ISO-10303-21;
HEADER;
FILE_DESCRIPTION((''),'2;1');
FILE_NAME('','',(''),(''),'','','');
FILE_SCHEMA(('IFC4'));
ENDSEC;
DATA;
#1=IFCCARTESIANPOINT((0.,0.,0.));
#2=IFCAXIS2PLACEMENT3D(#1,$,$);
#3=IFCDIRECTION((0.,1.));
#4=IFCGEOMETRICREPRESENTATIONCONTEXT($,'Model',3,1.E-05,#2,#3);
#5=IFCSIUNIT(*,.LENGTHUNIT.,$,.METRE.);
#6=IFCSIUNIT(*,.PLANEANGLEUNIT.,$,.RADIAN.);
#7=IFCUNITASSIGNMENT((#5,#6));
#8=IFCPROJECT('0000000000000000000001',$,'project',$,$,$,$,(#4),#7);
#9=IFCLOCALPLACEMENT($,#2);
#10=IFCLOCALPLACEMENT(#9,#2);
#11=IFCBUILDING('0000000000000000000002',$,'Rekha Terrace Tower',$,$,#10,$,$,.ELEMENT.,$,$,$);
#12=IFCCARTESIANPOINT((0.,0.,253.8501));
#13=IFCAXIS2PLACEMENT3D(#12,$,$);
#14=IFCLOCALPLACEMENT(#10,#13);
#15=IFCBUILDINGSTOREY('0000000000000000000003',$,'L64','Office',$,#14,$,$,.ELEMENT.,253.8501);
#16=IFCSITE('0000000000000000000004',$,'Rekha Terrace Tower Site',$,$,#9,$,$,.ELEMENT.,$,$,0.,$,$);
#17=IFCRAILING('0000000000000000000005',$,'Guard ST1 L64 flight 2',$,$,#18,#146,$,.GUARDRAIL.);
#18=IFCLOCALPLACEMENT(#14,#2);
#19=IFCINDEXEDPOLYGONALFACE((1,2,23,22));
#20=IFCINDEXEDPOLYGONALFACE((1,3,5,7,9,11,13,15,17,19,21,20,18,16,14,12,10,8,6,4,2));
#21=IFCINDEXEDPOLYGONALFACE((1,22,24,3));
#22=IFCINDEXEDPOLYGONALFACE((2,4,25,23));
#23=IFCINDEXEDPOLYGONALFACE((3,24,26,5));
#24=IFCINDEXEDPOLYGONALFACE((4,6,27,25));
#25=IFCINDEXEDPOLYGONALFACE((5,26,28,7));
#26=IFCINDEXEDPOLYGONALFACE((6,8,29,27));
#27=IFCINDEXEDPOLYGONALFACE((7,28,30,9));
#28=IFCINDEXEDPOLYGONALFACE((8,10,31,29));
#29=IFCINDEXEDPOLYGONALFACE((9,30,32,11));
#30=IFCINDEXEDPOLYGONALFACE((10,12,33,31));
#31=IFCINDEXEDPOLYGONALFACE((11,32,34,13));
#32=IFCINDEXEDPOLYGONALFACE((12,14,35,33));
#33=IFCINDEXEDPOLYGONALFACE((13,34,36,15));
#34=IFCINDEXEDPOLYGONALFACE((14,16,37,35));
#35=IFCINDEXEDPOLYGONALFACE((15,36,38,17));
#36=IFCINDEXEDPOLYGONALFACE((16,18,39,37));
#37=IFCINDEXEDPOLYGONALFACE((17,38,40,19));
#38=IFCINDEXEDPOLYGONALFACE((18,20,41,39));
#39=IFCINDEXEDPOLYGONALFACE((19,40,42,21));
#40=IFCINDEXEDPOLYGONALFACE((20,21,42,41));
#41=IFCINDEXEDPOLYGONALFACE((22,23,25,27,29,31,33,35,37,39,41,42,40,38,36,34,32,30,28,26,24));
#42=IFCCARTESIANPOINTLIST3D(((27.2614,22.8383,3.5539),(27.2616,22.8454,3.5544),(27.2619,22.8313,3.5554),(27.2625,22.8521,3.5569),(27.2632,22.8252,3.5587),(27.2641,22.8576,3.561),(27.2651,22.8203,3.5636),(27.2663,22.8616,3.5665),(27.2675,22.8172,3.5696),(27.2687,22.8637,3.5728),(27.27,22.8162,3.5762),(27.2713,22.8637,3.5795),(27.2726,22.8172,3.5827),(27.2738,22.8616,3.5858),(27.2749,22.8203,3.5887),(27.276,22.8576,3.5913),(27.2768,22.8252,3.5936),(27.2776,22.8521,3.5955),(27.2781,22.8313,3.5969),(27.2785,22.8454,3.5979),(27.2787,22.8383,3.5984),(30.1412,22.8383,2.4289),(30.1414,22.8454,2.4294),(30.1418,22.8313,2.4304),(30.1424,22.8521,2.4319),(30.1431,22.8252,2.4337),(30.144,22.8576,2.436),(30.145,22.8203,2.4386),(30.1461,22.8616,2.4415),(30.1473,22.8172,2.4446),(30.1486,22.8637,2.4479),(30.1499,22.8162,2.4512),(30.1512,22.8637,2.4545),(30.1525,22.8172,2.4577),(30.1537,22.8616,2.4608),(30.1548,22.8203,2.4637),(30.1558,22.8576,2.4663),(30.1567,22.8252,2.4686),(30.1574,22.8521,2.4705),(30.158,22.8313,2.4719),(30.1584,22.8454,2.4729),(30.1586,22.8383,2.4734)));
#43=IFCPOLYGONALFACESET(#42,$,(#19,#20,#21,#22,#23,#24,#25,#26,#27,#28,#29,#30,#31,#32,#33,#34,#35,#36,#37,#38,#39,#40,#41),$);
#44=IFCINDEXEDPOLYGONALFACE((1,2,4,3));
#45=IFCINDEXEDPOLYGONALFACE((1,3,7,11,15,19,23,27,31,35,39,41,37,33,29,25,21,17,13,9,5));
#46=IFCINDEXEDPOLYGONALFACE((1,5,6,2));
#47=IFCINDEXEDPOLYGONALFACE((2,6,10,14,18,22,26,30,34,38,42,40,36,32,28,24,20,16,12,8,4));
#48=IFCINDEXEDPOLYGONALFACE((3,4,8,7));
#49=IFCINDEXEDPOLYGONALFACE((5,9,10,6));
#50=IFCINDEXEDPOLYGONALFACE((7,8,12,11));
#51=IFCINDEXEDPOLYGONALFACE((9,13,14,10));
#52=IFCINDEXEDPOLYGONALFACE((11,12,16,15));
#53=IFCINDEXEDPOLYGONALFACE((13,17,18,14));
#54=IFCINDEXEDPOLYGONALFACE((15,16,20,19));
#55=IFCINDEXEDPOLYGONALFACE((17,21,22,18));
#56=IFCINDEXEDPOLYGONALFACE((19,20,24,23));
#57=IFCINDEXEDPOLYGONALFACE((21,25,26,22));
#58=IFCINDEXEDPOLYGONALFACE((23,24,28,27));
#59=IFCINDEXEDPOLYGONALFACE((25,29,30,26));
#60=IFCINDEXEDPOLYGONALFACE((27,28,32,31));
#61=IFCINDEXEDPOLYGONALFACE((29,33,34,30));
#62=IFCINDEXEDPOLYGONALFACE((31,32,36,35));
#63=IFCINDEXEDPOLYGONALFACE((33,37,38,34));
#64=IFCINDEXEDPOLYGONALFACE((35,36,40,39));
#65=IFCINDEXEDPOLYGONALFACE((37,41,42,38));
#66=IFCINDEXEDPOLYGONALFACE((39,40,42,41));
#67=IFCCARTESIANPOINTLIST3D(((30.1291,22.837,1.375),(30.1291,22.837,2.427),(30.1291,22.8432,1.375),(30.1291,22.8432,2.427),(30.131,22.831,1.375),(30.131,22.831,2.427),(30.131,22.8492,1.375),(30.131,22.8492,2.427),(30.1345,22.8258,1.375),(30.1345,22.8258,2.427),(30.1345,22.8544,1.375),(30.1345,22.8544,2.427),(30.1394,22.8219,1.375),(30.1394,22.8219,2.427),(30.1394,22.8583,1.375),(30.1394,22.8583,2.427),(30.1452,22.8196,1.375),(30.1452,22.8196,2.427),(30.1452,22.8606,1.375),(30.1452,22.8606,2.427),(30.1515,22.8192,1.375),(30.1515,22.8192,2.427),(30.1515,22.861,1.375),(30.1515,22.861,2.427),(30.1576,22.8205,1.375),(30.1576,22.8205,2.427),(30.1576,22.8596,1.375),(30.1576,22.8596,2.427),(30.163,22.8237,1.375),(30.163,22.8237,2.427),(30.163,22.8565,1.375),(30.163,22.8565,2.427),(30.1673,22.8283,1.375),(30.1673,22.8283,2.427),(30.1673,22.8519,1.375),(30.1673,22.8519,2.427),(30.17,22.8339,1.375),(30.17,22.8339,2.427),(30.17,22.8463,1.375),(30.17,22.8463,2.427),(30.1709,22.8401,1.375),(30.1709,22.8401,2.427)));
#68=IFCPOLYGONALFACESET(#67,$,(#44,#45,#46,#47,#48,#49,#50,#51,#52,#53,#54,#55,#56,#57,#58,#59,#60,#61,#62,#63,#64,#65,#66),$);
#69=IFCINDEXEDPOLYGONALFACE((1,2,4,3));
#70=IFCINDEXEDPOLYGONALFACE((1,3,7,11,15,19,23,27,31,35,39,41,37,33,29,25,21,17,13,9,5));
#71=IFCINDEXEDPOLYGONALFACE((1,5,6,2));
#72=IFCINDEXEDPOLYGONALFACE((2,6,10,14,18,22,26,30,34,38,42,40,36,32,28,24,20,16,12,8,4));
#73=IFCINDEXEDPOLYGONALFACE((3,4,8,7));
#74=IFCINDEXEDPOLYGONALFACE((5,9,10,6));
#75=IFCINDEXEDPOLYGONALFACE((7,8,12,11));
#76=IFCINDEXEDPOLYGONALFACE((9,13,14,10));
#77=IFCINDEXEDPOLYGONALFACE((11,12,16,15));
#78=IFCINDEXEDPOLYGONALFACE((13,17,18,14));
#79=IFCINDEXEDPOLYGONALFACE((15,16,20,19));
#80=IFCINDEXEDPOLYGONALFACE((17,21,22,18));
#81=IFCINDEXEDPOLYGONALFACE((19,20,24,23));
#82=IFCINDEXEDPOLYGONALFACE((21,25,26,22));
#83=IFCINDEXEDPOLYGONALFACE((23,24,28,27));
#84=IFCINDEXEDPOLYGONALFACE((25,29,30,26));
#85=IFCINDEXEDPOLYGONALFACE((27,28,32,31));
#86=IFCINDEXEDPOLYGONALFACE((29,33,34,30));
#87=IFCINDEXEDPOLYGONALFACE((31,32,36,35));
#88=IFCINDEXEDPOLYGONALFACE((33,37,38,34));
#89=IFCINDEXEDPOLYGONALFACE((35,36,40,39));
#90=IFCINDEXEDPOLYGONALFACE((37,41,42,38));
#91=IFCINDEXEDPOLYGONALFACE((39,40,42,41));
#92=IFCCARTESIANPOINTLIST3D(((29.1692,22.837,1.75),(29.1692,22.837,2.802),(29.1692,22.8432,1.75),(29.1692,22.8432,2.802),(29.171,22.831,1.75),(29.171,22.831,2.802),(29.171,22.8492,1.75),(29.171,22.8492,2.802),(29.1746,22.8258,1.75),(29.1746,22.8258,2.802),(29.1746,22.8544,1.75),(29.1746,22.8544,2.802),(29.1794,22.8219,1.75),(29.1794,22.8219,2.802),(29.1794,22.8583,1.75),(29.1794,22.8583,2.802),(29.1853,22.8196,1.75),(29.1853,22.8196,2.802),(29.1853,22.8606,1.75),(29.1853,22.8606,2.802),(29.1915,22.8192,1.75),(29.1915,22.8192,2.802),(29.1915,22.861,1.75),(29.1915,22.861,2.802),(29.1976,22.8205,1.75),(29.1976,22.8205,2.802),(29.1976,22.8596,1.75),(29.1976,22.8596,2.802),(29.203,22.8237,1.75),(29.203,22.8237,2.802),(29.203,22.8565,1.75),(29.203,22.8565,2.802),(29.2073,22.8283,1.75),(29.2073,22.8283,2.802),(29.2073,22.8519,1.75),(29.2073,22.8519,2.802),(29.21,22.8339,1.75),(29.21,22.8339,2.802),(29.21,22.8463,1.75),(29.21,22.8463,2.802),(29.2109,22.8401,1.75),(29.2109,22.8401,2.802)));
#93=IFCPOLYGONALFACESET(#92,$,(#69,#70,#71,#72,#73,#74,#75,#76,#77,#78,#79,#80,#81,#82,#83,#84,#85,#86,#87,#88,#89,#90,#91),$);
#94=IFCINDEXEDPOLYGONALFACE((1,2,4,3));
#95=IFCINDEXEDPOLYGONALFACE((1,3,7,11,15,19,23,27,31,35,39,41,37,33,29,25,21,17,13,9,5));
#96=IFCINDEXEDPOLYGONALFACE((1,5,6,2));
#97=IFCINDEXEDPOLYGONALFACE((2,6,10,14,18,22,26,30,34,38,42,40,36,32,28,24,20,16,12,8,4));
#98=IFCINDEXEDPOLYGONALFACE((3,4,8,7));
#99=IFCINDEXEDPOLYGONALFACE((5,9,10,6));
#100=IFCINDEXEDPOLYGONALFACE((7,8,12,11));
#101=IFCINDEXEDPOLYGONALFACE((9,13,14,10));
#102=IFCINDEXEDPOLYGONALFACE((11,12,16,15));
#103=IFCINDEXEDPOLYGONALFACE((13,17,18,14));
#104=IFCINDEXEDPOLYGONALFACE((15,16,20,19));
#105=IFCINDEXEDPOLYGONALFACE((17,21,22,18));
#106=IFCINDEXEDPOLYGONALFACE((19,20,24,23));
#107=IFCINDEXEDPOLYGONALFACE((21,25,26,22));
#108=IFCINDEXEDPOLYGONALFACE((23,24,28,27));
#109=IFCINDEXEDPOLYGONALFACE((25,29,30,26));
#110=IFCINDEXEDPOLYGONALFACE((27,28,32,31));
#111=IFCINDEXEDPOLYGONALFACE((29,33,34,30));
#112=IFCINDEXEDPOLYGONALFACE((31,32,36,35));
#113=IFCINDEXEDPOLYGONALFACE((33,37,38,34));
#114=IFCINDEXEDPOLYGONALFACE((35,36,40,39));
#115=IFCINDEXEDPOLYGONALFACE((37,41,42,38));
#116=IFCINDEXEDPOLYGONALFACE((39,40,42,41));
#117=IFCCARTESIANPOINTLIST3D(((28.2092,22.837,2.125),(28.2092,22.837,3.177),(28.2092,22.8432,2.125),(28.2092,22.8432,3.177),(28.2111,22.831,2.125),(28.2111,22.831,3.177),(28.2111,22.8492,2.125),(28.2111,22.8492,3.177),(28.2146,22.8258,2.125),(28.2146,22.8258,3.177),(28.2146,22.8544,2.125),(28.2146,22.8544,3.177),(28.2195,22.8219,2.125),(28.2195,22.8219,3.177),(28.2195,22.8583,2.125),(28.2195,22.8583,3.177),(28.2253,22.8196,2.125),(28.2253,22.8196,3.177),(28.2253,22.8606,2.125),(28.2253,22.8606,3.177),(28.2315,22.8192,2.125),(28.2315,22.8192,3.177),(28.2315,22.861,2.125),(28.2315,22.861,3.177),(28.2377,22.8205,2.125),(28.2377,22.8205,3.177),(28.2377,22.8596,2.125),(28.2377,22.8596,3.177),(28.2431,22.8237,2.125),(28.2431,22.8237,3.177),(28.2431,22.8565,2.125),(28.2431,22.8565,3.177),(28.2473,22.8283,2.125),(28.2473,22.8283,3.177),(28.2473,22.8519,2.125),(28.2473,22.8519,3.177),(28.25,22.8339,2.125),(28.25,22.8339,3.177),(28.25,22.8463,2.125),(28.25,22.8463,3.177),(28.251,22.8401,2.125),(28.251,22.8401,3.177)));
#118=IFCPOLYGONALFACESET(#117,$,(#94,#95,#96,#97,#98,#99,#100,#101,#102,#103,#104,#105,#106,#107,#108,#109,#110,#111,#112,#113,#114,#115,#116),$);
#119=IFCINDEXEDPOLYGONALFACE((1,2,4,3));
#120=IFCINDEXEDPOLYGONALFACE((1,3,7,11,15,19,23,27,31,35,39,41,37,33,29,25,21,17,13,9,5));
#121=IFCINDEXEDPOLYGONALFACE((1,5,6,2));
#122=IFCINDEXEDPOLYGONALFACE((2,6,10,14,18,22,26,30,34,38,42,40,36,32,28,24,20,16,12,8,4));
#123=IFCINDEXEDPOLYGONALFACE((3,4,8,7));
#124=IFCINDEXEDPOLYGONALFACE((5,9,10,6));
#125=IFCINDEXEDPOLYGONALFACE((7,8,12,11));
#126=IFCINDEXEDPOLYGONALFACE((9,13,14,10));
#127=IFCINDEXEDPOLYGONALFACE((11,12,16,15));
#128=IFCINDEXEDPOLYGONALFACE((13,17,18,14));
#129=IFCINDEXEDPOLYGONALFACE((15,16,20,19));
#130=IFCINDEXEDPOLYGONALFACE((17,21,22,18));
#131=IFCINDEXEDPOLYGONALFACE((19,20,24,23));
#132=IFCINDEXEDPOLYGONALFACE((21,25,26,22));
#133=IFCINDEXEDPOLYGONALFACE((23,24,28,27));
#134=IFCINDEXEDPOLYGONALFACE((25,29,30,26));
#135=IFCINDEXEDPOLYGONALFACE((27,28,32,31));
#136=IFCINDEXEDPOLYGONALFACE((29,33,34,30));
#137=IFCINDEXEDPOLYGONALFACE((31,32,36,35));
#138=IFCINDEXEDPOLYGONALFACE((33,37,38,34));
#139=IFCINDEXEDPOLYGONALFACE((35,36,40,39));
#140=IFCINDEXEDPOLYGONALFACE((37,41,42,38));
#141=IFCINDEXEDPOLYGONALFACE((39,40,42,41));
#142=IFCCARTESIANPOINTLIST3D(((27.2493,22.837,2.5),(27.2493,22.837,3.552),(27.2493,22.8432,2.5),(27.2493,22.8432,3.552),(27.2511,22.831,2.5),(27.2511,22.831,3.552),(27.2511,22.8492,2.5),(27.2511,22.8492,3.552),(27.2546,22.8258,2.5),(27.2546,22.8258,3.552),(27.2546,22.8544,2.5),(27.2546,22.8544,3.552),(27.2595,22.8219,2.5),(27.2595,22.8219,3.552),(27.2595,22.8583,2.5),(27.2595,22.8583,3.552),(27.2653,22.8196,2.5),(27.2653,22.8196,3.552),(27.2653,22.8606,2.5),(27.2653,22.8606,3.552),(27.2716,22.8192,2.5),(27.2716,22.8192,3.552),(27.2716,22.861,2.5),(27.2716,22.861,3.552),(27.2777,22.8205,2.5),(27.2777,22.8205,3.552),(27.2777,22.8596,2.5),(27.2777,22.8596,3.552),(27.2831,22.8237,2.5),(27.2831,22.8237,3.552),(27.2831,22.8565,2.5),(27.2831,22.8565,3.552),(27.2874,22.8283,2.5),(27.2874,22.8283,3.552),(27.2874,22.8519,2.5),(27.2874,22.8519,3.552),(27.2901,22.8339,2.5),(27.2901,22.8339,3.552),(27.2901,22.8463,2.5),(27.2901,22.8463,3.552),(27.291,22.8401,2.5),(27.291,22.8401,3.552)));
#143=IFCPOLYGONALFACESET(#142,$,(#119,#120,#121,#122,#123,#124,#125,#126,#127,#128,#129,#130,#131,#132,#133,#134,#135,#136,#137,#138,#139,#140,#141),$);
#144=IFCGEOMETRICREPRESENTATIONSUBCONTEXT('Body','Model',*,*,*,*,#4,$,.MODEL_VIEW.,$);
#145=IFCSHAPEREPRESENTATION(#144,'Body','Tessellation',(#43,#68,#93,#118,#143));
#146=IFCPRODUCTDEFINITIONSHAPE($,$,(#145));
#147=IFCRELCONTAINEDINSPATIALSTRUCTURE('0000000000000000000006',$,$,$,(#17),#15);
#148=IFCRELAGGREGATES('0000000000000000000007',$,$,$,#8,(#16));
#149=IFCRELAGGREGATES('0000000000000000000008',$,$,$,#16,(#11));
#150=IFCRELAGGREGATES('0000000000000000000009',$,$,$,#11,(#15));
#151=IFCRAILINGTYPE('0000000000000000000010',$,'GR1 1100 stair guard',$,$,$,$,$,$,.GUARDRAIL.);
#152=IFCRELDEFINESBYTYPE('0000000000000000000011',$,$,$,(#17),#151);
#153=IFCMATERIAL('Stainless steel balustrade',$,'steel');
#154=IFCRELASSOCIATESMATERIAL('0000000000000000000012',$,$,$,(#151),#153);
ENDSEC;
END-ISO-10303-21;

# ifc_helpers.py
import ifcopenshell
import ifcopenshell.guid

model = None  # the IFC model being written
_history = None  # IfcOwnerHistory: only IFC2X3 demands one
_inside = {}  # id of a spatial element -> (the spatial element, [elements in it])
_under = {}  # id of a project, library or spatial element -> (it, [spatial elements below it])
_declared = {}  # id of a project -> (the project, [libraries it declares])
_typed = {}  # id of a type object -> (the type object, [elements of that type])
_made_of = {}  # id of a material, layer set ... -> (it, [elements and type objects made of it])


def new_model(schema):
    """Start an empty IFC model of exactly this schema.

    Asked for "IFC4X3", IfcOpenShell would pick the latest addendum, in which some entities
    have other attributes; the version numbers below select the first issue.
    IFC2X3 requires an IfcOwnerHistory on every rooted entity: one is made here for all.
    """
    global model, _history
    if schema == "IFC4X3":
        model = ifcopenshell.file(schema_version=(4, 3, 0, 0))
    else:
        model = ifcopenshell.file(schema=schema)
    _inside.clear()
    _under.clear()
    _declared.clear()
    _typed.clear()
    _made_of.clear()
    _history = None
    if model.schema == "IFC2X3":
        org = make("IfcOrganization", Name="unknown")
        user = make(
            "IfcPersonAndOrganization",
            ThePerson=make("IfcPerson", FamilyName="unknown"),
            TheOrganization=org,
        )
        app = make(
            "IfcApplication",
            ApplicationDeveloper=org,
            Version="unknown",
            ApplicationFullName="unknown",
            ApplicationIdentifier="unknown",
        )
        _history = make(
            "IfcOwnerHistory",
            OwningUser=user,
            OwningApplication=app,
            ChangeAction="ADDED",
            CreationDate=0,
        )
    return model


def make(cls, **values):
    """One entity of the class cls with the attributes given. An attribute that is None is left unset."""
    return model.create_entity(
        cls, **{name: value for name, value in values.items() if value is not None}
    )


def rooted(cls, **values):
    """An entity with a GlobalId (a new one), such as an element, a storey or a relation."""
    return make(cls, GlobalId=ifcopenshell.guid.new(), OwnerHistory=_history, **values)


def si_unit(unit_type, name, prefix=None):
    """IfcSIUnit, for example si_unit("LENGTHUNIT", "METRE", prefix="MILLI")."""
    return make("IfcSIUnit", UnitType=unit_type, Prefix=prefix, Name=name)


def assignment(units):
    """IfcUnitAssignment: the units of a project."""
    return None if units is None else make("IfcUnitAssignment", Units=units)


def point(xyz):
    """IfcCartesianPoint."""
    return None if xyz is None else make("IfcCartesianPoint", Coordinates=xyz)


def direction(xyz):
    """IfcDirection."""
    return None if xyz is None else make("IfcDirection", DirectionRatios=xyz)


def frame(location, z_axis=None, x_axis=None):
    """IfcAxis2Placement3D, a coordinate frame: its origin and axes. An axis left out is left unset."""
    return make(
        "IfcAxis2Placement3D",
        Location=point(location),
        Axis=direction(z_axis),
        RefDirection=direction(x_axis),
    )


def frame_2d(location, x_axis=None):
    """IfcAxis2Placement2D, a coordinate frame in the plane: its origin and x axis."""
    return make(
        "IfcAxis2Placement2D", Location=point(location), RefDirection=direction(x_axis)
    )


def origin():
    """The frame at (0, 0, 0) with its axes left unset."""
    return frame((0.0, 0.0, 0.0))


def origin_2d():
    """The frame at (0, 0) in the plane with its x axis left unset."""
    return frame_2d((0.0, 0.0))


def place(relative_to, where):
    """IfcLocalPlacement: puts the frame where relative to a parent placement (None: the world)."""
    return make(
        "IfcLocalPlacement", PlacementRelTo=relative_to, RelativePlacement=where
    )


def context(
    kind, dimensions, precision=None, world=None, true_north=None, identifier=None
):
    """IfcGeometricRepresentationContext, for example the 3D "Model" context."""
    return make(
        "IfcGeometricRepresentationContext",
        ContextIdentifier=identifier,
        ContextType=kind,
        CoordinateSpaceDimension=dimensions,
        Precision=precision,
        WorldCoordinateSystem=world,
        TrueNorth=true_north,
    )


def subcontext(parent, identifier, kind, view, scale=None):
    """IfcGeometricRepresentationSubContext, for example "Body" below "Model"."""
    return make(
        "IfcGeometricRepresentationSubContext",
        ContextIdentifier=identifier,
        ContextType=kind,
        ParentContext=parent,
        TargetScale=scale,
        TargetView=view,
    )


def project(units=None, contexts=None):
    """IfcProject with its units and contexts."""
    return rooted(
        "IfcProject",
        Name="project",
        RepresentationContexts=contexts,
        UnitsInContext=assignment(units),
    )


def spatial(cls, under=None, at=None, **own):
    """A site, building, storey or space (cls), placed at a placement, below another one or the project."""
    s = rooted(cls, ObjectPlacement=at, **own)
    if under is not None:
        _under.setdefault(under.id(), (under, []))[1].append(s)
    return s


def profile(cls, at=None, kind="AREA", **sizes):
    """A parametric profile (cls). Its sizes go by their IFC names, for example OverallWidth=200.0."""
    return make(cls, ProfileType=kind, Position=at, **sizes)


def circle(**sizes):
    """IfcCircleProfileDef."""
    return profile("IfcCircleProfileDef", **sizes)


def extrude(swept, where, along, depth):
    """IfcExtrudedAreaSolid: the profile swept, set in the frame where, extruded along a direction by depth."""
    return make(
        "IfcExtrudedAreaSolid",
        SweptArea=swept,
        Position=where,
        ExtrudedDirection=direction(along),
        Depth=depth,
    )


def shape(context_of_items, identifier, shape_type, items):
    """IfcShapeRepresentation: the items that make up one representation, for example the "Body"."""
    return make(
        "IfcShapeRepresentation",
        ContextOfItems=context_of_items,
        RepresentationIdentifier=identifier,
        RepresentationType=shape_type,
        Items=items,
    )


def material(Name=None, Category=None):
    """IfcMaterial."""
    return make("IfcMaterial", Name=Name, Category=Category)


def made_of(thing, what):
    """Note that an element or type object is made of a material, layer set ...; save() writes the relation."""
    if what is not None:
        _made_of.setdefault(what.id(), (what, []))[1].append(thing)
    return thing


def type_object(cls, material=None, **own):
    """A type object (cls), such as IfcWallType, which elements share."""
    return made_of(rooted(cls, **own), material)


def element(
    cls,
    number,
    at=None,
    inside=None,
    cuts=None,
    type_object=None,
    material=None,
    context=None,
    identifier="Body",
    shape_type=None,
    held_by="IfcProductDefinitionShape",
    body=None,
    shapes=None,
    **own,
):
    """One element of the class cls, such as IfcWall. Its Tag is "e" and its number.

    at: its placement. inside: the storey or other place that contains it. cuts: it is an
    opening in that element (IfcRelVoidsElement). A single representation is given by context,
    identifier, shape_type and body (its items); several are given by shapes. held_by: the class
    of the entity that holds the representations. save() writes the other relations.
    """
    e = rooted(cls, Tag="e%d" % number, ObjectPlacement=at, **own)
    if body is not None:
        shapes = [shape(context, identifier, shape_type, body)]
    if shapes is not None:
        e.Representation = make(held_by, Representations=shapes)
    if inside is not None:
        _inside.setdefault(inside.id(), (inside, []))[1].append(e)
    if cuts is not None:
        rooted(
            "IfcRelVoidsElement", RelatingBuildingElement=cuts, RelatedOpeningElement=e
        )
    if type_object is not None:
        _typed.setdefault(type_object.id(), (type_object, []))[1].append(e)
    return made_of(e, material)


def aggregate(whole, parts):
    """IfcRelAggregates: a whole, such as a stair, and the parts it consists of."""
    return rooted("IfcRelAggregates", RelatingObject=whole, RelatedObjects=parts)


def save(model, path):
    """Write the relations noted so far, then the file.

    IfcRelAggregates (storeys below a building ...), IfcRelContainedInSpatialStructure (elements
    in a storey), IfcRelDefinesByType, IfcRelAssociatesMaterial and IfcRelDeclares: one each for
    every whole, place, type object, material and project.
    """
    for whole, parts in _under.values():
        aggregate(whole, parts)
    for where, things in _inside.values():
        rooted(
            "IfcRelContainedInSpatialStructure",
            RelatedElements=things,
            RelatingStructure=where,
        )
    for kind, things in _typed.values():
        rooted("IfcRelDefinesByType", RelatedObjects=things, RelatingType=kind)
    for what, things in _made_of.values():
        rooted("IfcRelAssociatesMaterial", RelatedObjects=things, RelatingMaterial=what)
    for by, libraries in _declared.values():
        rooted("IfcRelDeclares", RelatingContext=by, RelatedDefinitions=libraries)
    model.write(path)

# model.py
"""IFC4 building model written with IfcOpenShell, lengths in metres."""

from ifc_helpers import new_model, si_unit, direction, frame, origin, origin_2d, place, context, subcontext, project, spatial, circle, extrude, material, type_object, element, save


model = new_model("IFC4")

# Units and contexts
model_context = context("Model", 3, precision=1e-05, world=origin(), true_north=direction((0.0, 1.0)))
body_context = subcontext(model_context, "Body", "Model", "MODEL_VIEW")
ifc_project = project(units=[si_unit("LENGTHUNIT", "METRE"), si_unit("PLANEANGLEUNIT", "RADIAN")], contexts=[model_context])

# Site, building, storey
site_placement = place(None, origin())
site = spatial("IfcSite", under=ifc_project, at=site_placement, Name="Rekha Terrace Tower Site", CompositionType="ELEMENT", RefElevation=0.0)
building_placement = place(site_placement, origin())
building = spatial("IfcBuilding", under=site, at=building_placement, Name="Rekha Terrace Tower", CompositionType="ELEMENT")
storey_placement = place(building_placement, frame((0.0, 0.0, 253.8501)))
storey = spatial("IfcBuildingStorey", under=building, at=storey_placement, Name="L64", Description="Office", CompositionType="ELEMENT", Elevation=253.8501)

# Railing
ifc_material_1 = material(Name="Stainless steel balustrade", Category="steel")
railing_type_1 = type_object("IfcRailingType", Name="GR1 1100 stair guard", PredefinedType="GUARDRAIL", material=ifc_material_1)
railing_1_placement = place(storey_placement, frame((30.1499, 22.8401, 1.375)))
element("IfcRailing", 1, at=railing_1_placement, inside=storey, type_object=railing_type_1, Name="Guard ST1 L64 flight 2", PredefinedType="GUARDRAIL", context=body_context, shape_type="SweptSolid", body=[
    extrude(circle(Radius=0.0239, at=origin_2d()), frame((0.0, 0.0, 1.0762), z_axis=(-0.931452, 0.0, 0.363863), x_axis=(0.0, -1.0, 0.0)), (0.0, 0.0, 1.0), 3.0918),
    extrude(circle(Radius=0.021, at=origin_2d()), origin(), (0.0, 0.0, 1.0), 1.052),
    extrude(circle(Radius=0.021, at=origin_2d()), frame((-0.96, 0.0, 0.375)), (0.0, 0.0, 1.0), 1.052),
    extrude(circle(Radius=0.021, at=origin_2d()), frame((-1.9199, 0.0, 0.75)), (0.0, 0.0, 1.0), 1.052),
    extrude(circle(Radius=0.021, at=origin_2d()), frame((-2.8799, 0.0, 1.125)), (0.0, 0.0, 1.0), 1.052),
])

save(model, "model.ifc")
